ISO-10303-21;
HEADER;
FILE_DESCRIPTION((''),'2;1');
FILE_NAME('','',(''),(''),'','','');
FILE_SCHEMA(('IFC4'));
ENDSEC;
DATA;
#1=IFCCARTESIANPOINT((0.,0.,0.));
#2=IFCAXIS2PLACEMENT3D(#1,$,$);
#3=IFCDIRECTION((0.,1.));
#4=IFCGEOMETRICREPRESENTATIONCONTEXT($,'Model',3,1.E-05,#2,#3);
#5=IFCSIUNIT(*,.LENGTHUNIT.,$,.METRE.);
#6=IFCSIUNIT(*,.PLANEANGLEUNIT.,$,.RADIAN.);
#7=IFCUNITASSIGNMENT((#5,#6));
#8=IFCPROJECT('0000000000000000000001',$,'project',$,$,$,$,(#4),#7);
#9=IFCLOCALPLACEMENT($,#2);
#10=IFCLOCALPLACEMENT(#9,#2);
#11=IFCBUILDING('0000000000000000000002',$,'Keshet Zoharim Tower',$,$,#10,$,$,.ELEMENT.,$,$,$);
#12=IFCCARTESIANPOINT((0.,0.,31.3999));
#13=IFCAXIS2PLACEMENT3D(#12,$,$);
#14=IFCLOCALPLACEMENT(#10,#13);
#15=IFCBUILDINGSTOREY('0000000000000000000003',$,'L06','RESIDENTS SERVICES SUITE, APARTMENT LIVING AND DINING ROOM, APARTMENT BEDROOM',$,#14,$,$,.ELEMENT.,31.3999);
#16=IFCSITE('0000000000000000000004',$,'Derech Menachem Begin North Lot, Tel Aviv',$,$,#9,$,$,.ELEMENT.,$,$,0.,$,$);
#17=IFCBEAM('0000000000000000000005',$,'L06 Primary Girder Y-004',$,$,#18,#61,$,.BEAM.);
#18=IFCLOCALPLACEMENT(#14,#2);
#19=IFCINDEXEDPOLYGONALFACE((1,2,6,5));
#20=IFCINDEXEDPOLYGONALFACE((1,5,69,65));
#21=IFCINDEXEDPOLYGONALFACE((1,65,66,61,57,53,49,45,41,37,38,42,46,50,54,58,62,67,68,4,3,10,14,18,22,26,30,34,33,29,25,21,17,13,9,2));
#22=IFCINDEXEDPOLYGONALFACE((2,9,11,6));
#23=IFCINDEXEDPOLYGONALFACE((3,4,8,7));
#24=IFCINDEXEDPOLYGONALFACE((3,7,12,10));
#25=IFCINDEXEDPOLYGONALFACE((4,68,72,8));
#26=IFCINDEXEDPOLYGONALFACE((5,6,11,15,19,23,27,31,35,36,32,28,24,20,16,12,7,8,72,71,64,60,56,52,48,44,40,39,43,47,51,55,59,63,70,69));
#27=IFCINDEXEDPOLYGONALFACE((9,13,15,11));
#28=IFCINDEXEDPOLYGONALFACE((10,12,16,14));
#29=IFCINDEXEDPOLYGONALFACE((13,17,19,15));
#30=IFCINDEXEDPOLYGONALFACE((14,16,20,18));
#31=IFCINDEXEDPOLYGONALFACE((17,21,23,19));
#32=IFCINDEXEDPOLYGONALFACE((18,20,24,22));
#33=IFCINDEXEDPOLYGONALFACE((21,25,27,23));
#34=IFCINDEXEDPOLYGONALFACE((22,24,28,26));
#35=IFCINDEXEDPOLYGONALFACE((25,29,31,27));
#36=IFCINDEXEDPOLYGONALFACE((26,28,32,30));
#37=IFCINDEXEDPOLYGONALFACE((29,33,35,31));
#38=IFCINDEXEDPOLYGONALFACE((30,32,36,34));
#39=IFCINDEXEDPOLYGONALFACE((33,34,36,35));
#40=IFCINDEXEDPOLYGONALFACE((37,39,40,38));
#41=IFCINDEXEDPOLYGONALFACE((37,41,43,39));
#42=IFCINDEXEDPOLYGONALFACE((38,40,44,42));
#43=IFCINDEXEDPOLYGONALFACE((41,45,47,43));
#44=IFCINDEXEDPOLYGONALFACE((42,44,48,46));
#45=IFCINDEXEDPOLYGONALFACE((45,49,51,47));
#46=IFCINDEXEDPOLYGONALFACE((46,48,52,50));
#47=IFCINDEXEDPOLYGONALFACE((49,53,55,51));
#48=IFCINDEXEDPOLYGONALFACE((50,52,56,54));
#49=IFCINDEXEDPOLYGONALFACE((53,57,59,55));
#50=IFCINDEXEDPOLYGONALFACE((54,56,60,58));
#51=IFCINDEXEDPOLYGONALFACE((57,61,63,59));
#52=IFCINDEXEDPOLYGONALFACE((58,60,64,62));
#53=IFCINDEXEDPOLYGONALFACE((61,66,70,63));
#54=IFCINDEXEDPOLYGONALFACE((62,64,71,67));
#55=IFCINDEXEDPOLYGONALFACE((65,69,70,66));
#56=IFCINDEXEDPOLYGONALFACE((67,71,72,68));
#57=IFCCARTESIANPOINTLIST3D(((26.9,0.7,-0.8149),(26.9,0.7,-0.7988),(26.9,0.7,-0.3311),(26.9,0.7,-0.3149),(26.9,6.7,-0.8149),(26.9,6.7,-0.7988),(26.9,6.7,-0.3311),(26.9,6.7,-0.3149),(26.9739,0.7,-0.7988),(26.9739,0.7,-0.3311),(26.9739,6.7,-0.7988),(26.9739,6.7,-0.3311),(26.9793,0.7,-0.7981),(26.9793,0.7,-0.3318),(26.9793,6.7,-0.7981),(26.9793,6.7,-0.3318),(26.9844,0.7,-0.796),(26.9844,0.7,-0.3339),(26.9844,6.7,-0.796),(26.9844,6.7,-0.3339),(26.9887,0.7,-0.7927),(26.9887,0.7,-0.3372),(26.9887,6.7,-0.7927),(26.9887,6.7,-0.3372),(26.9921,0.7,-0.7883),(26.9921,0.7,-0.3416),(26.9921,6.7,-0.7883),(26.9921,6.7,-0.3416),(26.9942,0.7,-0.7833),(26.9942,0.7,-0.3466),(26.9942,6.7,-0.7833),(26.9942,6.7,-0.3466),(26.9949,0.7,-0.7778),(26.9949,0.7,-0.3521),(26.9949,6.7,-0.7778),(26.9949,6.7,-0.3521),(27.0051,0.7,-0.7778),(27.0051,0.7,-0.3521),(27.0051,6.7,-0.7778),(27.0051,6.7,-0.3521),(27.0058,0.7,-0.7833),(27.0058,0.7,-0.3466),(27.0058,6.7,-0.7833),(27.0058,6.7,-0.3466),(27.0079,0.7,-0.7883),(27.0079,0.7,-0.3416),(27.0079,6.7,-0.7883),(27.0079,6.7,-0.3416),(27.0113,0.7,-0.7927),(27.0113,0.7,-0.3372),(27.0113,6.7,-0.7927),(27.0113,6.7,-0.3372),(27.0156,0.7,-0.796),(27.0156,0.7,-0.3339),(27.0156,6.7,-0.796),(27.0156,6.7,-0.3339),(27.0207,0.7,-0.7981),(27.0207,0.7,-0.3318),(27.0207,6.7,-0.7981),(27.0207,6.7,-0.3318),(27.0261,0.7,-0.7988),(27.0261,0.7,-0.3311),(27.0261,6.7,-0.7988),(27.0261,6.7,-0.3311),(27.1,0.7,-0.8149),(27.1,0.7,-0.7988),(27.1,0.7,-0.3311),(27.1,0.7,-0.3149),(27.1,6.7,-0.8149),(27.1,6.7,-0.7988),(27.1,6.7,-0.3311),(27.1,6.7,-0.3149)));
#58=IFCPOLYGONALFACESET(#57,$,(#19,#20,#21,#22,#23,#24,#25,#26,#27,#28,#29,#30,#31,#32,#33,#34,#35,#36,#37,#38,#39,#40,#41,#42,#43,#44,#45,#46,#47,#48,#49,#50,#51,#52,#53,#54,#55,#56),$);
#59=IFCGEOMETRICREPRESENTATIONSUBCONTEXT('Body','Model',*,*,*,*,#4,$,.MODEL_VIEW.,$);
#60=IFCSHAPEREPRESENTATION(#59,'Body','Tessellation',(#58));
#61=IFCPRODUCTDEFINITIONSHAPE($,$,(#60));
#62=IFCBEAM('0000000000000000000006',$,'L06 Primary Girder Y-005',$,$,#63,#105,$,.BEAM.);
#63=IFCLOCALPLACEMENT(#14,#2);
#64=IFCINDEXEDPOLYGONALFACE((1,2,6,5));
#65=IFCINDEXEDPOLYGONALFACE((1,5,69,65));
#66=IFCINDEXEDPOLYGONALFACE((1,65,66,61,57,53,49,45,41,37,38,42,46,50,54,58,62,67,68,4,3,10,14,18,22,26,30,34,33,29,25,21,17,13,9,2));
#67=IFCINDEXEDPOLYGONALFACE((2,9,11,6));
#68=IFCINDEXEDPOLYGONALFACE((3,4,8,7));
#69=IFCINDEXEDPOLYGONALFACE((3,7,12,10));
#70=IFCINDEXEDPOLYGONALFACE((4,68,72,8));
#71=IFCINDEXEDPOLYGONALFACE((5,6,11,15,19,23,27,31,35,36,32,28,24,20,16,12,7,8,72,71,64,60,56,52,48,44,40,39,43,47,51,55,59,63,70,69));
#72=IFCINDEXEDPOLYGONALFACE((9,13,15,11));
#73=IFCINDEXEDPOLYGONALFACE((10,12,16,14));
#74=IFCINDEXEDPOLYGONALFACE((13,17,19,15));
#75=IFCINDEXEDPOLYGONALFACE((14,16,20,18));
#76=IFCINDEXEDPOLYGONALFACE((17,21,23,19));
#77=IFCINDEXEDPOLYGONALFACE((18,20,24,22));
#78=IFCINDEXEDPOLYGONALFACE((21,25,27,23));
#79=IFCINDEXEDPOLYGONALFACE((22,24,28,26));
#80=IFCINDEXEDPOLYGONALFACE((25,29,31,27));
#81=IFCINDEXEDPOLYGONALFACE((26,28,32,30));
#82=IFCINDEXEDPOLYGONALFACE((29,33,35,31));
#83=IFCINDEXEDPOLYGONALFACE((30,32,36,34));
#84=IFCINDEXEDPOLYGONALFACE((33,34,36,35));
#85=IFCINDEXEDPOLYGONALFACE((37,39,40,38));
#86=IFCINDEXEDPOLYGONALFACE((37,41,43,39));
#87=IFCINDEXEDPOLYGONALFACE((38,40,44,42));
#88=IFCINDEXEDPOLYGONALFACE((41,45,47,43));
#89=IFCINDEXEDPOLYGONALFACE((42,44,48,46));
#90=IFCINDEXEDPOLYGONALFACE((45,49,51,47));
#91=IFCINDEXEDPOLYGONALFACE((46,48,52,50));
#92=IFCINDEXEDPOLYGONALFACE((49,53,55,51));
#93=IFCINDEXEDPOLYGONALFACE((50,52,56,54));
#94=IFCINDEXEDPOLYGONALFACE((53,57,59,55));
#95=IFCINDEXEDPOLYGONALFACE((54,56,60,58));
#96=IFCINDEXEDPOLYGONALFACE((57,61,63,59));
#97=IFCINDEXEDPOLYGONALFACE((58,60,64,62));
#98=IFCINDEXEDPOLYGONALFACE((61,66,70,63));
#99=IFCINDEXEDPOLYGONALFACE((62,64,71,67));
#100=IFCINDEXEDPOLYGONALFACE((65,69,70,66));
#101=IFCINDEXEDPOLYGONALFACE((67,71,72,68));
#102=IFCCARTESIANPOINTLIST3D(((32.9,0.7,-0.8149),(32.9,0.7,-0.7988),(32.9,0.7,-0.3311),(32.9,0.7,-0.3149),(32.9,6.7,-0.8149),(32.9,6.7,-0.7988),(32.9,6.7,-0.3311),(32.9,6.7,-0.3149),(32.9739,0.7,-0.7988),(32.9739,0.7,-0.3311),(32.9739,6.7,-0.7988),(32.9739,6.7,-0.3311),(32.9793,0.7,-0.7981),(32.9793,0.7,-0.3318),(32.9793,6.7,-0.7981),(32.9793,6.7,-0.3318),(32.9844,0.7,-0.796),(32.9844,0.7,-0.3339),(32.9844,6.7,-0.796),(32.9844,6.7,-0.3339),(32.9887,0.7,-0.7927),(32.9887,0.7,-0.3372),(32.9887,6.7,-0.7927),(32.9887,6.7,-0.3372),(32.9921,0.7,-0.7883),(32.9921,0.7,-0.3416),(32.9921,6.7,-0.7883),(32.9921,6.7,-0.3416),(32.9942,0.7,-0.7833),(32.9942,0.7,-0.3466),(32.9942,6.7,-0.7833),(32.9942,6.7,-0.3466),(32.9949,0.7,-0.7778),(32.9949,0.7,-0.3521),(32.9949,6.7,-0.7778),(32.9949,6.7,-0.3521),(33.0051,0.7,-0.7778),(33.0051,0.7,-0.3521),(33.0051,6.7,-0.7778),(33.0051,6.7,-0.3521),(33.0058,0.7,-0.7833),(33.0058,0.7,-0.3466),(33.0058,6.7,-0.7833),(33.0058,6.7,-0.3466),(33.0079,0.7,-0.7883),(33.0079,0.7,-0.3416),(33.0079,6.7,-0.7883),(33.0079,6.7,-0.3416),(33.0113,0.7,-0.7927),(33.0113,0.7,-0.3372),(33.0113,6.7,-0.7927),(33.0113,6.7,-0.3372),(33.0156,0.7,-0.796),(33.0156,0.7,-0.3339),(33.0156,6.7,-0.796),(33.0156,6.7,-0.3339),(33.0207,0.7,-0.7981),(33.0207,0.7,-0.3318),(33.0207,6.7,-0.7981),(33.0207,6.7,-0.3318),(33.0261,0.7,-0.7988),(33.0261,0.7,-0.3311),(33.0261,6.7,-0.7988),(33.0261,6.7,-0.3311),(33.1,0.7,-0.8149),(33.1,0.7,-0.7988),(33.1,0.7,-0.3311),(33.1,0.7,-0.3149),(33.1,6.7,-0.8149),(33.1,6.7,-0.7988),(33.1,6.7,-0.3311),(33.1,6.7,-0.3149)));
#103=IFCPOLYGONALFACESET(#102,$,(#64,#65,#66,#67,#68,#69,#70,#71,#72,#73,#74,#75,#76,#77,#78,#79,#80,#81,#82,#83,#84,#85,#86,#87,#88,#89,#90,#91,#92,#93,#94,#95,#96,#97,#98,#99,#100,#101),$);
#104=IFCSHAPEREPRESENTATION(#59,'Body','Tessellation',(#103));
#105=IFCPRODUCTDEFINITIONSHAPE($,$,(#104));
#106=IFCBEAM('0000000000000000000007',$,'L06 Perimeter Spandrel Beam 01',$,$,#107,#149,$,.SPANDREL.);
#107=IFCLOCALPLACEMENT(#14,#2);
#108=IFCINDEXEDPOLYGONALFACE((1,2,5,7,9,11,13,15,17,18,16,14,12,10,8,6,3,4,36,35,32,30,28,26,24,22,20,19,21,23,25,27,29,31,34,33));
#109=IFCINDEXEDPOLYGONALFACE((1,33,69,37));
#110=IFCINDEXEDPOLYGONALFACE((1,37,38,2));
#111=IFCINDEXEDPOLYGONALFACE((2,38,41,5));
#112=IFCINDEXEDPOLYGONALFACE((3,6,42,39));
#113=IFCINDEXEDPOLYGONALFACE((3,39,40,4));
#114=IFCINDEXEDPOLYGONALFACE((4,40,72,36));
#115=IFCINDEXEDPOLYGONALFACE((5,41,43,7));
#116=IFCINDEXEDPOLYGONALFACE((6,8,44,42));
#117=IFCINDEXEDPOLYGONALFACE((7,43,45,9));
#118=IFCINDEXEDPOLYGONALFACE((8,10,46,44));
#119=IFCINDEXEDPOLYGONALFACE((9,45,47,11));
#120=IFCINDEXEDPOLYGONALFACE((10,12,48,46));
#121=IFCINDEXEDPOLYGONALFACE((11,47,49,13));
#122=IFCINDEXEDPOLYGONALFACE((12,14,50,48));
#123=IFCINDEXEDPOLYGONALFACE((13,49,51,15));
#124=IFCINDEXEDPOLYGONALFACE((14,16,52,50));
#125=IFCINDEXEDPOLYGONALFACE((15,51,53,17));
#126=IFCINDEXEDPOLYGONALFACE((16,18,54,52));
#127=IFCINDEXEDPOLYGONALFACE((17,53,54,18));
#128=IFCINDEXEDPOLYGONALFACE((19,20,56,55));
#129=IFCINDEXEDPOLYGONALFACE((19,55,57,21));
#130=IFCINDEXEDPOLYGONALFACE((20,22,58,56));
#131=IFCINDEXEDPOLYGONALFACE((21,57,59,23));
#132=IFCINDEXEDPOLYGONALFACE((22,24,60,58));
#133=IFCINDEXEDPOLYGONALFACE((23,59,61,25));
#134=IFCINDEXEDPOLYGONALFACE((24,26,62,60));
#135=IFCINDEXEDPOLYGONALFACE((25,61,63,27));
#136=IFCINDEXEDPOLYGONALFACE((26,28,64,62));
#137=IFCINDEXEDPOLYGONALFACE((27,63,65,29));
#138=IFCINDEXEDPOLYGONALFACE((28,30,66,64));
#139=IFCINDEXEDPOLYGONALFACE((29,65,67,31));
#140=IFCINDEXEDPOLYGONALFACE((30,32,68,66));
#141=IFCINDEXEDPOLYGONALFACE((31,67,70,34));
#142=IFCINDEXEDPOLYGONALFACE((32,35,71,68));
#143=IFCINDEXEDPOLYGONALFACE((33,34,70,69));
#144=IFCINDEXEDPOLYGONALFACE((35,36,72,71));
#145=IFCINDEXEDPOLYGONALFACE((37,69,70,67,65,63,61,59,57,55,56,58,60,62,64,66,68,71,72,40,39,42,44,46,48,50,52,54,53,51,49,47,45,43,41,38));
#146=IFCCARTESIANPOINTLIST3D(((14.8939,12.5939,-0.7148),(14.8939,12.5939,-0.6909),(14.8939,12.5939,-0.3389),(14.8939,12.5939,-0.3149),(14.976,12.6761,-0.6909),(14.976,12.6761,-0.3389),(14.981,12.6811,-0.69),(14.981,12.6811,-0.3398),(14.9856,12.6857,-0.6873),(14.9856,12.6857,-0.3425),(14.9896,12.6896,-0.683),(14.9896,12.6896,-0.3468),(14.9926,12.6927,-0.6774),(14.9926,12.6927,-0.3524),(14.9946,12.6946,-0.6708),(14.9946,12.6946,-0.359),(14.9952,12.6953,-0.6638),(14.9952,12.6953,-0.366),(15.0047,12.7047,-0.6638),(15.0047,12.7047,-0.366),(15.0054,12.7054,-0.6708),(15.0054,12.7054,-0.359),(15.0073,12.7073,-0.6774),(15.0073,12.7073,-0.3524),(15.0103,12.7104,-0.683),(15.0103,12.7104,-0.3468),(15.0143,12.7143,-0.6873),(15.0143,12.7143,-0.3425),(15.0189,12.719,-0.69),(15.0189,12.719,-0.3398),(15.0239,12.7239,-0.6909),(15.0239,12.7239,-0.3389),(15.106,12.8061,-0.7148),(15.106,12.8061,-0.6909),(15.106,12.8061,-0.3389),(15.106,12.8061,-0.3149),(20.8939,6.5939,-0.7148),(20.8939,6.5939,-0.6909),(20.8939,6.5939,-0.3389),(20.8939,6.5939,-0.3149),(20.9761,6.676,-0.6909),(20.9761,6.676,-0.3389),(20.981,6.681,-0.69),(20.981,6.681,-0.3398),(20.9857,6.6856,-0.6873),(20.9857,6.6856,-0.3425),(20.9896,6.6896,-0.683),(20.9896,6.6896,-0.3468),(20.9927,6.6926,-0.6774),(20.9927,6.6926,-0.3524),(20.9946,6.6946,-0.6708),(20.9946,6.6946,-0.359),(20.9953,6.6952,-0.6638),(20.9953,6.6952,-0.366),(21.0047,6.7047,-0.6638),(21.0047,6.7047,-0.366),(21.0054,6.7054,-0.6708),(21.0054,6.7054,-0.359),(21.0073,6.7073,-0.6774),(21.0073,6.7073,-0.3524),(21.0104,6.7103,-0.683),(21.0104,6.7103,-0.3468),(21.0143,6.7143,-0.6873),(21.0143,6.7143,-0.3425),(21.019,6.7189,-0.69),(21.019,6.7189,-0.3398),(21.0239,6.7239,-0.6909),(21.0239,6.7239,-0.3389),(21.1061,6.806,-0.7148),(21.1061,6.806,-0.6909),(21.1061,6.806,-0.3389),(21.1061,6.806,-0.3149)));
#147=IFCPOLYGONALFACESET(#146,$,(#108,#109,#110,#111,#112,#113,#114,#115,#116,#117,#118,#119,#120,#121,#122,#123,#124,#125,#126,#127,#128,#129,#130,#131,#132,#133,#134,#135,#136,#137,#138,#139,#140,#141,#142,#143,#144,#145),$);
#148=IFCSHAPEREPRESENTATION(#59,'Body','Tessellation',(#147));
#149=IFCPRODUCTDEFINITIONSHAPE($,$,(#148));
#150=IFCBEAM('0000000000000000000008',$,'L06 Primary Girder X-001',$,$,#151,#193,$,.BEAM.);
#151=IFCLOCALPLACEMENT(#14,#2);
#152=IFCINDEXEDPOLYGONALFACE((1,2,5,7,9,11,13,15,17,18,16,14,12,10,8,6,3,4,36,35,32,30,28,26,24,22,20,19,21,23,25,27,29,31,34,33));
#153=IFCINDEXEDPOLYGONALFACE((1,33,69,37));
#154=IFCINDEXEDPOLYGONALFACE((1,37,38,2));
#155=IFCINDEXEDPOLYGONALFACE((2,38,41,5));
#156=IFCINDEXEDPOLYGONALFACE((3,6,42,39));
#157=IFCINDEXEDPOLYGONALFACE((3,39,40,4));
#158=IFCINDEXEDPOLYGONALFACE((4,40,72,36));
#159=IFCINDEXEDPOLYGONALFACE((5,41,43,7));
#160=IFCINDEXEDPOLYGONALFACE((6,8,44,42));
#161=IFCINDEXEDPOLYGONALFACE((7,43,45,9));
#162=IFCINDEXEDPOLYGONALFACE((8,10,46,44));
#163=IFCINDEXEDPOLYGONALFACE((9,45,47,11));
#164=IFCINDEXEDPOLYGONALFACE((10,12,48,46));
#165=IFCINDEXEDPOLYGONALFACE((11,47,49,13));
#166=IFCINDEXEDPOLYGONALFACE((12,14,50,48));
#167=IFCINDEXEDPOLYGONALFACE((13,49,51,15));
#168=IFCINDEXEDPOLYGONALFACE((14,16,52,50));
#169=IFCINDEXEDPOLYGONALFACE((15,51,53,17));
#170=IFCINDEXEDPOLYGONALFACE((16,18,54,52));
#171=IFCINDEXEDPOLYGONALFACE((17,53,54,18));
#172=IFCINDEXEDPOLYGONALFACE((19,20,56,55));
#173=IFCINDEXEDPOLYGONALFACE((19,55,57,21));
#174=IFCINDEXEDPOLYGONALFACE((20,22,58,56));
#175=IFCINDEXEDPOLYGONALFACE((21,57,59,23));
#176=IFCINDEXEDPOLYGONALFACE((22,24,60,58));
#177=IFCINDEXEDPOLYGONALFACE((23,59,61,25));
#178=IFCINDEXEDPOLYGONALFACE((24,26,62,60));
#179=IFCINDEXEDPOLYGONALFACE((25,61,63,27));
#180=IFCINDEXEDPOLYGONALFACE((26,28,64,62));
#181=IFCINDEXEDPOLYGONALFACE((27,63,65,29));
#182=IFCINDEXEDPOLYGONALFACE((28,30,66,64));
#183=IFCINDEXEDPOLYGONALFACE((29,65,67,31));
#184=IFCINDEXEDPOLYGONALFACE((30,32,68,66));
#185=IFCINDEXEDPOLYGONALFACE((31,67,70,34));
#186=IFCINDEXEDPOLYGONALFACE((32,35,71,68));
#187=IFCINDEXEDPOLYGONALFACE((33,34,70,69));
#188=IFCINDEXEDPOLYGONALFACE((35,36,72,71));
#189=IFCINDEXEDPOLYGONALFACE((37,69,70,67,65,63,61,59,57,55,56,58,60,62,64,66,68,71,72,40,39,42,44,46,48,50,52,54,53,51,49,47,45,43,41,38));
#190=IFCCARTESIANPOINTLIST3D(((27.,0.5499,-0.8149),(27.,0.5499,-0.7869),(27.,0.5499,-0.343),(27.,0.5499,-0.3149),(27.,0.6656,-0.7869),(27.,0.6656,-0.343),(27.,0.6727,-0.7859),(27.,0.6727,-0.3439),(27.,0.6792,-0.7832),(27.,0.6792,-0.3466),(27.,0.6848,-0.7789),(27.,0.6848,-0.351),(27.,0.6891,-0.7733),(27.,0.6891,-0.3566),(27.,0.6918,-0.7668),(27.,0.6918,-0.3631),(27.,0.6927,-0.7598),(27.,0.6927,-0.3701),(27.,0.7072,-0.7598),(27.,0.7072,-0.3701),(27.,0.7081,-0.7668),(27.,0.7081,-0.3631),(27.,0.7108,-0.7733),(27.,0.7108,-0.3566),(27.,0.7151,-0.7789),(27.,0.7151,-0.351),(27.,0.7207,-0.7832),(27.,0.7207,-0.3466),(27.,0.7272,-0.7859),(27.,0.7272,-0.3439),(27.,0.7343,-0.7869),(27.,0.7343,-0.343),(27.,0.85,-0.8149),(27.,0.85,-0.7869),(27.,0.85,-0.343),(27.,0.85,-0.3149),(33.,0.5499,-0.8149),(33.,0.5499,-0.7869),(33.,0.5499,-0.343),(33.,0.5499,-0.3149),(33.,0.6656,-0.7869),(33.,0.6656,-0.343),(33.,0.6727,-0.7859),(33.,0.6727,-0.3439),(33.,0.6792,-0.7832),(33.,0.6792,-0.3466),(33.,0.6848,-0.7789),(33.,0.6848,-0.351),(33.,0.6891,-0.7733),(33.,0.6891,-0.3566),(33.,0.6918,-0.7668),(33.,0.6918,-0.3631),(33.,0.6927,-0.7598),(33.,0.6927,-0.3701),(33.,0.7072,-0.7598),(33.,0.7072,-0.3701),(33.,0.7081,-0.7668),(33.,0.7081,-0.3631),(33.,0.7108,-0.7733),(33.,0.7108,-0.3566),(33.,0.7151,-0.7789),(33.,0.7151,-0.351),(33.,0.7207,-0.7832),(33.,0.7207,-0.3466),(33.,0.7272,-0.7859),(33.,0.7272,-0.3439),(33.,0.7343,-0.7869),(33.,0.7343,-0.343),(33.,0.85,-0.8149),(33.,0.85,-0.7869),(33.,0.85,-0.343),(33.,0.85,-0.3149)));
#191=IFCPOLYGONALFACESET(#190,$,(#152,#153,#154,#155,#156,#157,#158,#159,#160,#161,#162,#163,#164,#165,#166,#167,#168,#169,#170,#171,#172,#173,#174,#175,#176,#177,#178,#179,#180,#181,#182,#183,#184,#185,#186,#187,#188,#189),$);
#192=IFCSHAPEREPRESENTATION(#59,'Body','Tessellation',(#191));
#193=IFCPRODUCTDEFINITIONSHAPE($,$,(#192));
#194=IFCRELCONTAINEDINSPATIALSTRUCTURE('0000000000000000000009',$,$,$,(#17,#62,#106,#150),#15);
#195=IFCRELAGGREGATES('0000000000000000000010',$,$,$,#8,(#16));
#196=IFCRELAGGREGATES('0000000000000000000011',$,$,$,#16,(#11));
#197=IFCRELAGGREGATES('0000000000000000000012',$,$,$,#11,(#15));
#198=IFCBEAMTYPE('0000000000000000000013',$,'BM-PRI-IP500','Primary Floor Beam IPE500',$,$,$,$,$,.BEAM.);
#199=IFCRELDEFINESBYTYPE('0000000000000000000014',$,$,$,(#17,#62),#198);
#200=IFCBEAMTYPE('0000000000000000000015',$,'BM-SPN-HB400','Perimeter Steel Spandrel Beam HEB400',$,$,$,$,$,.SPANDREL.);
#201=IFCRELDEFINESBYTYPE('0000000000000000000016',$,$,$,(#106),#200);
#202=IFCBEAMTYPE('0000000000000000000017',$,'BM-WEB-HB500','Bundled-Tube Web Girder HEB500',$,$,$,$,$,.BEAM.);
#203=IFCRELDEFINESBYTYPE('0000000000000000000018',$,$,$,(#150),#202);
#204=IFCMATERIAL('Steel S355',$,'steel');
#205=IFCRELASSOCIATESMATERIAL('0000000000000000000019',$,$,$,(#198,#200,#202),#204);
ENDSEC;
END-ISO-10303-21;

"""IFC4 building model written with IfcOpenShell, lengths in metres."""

from ifc_helpers import new_model, si_unit, direction, frame, origin, origin_2d, place, context, subcontext, project, spatial, i_section, extrude, material, material_profile, profile_set, type_object, element, save


model = new_model("IFC4")

# Units and contexts
model_context = context("Model", 3, precision=1e-05, world=origin(), true_north=direction((0.0, 1.0)))
body_context = subcontext(model_context, "Body", "Model", "MODEL_VIEW")
ifc_project = project(units=[si_unit("LENGTHUNIT", "METRE"), si_unit("PLANEANGLEUNIT", "RADIAN")], contexts=[model_context])

# Site, building, storey
site_placement = place(None, origin())
site = spatial("IfcSite", under=ifc_project, at=site_placement, Name="Derech Menachem Begin North Lot, Tel Aviv", CompositionType="ELEMENT", RefElevation=0.0)
building_placement = place(site_placement, origin())
building = spatial("IfcBuilding", under=site, at=building_placement, Name="Keshet Zoharim Tower", CompositionType="ELEMENT")
storey_placement = place(building_placement, frame((0.0, 0.0, 31.3999)))
storey = spatial("IfcBuildingStorey", under=building, at=storey_placement, Name="L06", Description="RESIDENTS SERVICES SUITE, APARTMENT LIVING AND DINING ROOM, APARTMENT BEDROOM", CompositionType="ELEMENT", Elevation=31.3999)

# Shared definitions
ifc_material_1 = material(Name="Steel S355", Category="steel")

# Beams
ifc_material_profile_1 = material_profile(ifc_material_1, i_section(OverallWidth=0.2, OverallDepth=0.5, WebThickness=0.0103, FlangeThickness=0.0161, FilletRadius=0.021, at=origin_2d()), Name="IPE500")
ifc_profile_set_1 = profile_set([ifc_material_profile_1], Name="Steel S355")
beam_type_1 = type_object("IfcBeamType", Name="BM-PRI-IP500", Description="Primary Floor Beam IPE500", PredefinedType="BEAM", material=ifc_profile_set_1)
for number, where, z_axis, x_axis, name in (
    (1, (27.0, 0.7, -0.5649), (0.0, 1.0, 0.0), (-1.0, 0.0, 0.0), "L06 Primary Girder Y-004"),
    (2, (33.0, 0.7, -0.5649), (0.0, 1.0, 0.0), (-1.0, 0.0, 0.0), "L06 Primary Girder Y-005"),
):
    element("IfcBeam", number, at=place(storey_placement, frame(where, z_axis=z_axis, x_axis=x_axis)), inside=storey, type_object=beam_type_1, Name=name, PredefinedType="BEAM", context=body_context, shape_type="SweptSolid", body=[
        extrude(i_section(OverallWidth=0.2, OverallDepth=0.5, WebThickness=0.0103, FlangeThickness=0.0161, FilletRadius=0.021, at=origin_2d()), origin(), (0.0, 0.0, 1.0), 6.0),
    ])
ifc_material_profile_2 = material_profile(ifc_material_1, i_section(OverallWidth=0.3, OverallDepth=0.3999, WebThickness=0.0134, FlangeThickness=0.0239, FilletRadius=0.0271, at=origin_2d()), Name="HEB400")
ifc_profile_set_2 = profile_set([ifc_material_profile_2], Name="Steel S355")
beam_type_2 = type_object("IfcBeamType", Name="BM-SPN-HB400", Description="Perimeter Steel Spandrel Beam HEB400", PredefinedType="SPANDREL", material=ifc_profile_set_2)
beam_placement = place(storey_placement, frame((21.0, 6.7, -0.5149), z_axis=(-0.707107, 0.707107, 0.0), x_axis=(-0.707107, -0.707107, 0.0)))
element("IfcBeam", 3, at=beam_placement, inside=storey, type_object=beam_type_2, Name="L06 Perimeter Spandrel Beam 01", PredefinedType="SPANDREL", context=body_context, shape_type="SweptSolid", body=[
    extrude(i_section(OverallWidth=0.3, OverallDepth=0.3999, WebThickness=0.0134, FlangeThickness=0.0239, FilletRadius=0.0271, at=origin_2d()), origin(), (0.0, 0.0, 1.0), 8.4854),
])
ifc_material_profile_3 = material_profile(ifc_material_1, i_section(OverallWidth=0.3, OverallDepth=0.5, WebThickness=0.0144, FlangeThickness=0.0281, FilletRadius=0.0271, at=origin_2d()), Name="HEB500")
ifc_profile_set_3 = profile_set([ifc_material_profile_3], Name="Steel S355")
beam_type_3 = type_object("IfcBeamType", Name="BM-WEB-HB500", Description="Bundled-Tube Web Girder HEB500", PredefinedType="BEAM", material=ifc_profile_set_3)
for number, where, z_axis, x_axis, name in (
    (4, (27.0, 0.7, -0.5649), (1.0, 0.0, 0.0), (0.0, 1.0, 0.0), "L06 Primary Girder X-001"),
):
    element("IfcBeam", number, at=place(storey_placement, frame(where, z_axis=z_axis, x_axis=x_axis)), inside=storey, type_object=beam_type_3, Name=name, PredefinedType="BEAM", context=body_context, shape_type="SweptSolid", body=[
        extrude(i_section(OverallWidth=0.3, OverallDepth=0.5, WebThickness=0.0144, FlangeThickness=0.0281, FilletRadius=0.0271, at=origin_2d()), origin(), (0.0, 0.0, 1.0), 6.0),
    ])

save(model, "model.ifc")
